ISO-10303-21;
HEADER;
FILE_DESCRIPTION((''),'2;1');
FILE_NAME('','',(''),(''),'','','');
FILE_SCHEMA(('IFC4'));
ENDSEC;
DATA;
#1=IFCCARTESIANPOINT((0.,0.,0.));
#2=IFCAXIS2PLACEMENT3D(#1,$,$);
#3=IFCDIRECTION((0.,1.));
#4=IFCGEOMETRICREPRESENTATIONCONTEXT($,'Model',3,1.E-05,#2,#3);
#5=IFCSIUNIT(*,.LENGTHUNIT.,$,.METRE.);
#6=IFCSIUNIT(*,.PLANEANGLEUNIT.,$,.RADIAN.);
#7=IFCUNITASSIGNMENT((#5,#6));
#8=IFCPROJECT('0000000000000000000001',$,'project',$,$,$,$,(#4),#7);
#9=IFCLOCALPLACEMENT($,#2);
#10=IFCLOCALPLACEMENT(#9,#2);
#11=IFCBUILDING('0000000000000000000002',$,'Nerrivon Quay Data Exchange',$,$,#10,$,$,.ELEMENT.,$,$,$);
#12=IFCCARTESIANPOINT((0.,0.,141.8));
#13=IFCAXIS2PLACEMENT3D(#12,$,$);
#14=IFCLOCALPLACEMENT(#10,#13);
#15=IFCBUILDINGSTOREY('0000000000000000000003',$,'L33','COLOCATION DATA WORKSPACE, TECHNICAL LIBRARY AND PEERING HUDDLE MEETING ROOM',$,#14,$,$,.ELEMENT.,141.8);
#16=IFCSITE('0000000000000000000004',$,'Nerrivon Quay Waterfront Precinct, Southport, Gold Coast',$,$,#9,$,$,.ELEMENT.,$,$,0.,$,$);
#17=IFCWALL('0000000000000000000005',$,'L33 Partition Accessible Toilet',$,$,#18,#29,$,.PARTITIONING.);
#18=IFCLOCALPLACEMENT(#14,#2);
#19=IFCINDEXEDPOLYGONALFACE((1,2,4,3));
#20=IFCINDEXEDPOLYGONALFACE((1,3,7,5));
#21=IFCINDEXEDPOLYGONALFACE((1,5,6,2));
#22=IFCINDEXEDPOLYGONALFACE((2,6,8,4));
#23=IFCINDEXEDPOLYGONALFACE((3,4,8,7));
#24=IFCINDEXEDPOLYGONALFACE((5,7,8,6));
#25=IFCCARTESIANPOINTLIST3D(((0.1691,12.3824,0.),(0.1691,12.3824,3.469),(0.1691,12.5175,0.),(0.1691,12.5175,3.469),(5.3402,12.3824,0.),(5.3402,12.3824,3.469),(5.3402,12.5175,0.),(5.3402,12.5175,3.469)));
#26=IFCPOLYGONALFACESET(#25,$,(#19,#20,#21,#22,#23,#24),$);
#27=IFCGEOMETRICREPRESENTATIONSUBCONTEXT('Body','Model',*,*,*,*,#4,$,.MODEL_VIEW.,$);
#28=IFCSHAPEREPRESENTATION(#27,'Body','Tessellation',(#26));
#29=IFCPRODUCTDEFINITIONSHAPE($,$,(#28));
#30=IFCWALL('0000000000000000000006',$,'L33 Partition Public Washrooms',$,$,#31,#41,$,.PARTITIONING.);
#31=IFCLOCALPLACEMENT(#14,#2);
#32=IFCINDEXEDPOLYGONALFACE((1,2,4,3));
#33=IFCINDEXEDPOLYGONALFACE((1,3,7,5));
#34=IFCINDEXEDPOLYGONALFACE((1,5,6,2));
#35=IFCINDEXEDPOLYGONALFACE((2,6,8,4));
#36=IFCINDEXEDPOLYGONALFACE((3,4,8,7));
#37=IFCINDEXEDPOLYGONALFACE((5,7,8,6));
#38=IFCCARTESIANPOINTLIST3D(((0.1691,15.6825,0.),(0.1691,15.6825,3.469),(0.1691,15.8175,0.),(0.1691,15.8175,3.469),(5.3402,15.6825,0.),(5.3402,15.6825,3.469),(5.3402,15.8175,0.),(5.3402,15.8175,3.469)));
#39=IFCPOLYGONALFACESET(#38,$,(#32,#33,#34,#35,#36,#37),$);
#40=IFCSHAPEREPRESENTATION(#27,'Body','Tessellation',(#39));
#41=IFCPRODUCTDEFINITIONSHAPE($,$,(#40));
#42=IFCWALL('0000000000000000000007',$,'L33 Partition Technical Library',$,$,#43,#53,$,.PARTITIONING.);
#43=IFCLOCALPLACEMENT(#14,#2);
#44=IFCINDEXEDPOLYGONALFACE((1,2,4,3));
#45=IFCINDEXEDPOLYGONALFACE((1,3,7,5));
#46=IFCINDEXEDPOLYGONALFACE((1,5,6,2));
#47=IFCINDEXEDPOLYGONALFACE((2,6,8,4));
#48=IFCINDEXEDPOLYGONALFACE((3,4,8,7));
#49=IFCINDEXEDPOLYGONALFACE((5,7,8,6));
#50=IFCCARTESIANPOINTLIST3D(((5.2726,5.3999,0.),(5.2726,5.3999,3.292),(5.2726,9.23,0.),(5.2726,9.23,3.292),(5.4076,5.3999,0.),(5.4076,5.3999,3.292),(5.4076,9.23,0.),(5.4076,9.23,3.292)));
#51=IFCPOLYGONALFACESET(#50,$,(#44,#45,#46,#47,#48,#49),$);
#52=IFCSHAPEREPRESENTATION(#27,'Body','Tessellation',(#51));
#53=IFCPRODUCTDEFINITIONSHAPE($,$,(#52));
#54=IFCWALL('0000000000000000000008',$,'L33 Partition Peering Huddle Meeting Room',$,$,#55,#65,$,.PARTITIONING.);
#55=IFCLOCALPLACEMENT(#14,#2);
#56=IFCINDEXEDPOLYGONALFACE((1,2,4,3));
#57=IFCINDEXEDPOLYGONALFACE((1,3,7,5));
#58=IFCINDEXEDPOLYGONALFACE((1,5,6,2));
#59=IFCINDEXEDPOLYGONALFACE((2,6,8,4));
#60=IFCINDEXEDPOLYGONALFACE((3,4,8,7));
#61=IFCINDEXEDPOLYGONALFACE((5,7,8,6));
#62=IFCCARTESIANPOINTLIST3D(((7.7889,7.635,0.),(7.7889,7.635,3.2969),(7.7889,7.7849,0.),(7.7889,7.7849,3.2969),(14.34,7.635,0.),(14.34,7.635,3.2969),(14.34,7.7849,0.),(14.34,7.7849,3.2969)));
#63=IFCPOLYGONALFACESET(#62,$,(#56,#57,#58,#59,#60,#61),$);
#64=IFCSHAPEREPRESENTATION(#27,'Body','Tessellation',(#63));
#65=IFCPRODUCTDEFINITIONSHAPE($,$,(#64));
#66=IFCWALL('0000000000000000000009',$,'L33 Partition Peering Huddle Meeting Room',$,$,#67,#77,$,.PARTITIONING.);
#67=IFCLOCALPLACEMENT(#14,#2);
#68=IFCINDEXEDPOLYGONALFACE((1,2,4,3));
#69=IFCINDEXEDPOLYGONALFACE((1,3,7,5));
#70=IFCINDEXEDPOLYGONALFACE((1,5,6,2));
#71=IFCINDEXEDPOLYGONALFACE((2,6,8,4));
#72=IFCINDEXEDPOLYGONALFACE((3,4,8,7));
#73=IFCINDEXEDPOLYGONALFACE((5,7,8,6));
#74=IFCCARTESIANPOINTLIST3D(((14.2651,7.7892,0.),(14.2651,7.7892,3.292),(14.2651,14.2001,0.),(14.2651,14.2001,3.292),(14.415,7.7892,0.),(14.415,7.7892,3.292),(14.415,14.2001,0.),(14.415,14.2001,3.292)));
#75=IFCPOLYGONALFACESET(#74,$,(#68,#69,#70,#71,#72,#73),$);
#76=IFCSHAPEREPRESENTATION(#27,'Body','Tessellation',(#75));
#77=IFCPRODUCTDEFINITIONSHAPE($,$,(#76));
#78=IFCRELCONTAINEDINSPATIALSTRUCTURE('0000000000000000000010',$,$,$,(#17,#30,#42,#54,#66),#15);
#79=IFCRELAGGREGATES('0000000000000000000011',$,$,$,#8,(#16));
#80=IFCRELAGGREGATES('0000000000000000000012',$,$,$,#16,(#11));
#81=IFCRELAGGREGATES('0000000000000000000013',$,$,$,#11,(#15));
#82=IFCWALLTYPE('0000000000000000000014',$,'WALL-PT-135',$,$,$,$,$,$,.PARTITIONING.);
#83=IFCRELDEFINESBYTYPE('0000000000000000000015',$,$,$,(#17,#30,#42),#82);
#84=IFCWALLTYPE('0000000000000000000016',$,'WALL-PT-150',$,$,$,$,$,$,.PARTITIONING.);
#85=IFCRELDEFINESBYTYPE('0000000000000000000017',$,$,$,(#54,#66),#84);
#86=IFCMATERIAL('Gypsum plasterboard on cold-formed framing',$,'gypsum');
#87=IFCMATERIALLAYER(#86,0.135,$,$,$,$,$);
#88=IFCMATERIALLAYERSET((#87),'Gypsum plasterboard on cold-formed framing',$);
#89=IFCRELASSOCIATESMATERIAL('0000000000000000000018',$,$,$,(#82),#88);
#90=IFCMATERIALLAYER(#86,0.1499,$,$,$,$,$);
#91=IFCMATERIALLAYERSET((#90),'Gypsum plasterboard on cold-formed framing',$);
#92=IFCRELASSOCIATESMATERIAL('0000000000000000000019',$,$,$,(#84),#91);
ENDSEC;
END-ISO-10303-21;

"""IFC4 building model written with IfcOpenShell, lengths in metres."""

from ifc_helpers import new_model, si_unit, direction, frame, frame_2d, origin, place, context, subcontext, project, spatial, rectangle, extrude, material, layer, layer_set, type_object, element, save


model = new_model("IFC4")

# Units and contexts
model_context = context("Model", 3, precision=1e-05, world=origin(), true_north=direction((0.0, 1.0)))
body_context = subcontext(model_context, "Body", "Model", "MODEL_VIEW")
ifc_project = project(units=[si_unit("LENGTHUNIT", "METRE"), si_unit("PLANEANGLEUNIT", "RADIAN")], contexts=[model_context])

# Site, building, storey
site_placement = place(None, origin())
site = spatial("IfcSite", under=ifc_project, at=site_placement, Name="Nerrivon Quay Waterfront Precinct, Southport, Gold Coast", CompositionType="ELEMENT", RefElevation=0.0)
building_placement = place(site_placement, origin())
building = spatial("IfcBuilding", under=site, at=building_placement, Name="Nerrivon Quay Data Exchange", CompositionType="ELEMENT")
storey_placement = place(building_placement, frame((0.0, 0.0, 141.8)))
storey = spatial("IfcBuildingStorey", under=building, at=storey_placement, Name="L33", Description="COLOCATION DATA WORKSPACE, TECHNICAL LIBRARY AND PEERING HUDDLE MEETING ROOM", CompositionType="ELEMENT", Elevation=141.8)

# Shared definitions
ifc_material_1 = material(Name="Gypsum plasterboard on cold-formed framing", Category="gypsum")

# Walls
ifc_layer_1 = layer(ifc_material_1, 0.135)
ifc_layer_set_1 = layer_set([ifc_layer_1], Name="Gypsum plasterboard on cold-formed framing")
wall_type_1 = type_object("IfcWallType", Name="WALL-PT-135", PredefinedType="PARTITIONING", material=ifc_layer_set_1)
for number, where, z_axis, x_axis, name in (
    (1, (5.3401, 12.45, 0.0), (0.0, 0.0, 1.0), (-1.0, 0.0, 0.0), "L33 Partition Accessible Toilet"),
    (2, (5.3401, 15.75, 0.0), (0.0, 0.0, 1.0), (-1.0, 0.0, 0.0), "L33 Partition Public Washrooms"),
):
    element("IfcWall", number, at=place(storey_placement, frame(where, z_axis=z_axis, x_axis=x_axis)), inside=storey, type_object=wall_type_1, Name=name, PredefinedType="PARTITIONING", context=body_context, shape_type="SweptSolid", body=[
        extrude(rectangle(XDim=5.1711, YDim=0.135, at=frame_2d((2.5854, 0.0))), origin(), (0.0, 0.0, 1.0), 3.469),
    ])

# Walls
wall_1_placement = place(storey_placement, frame((5.3401, 5.3999, 0.0), z_axis=(0.0, 0.0, 1.0), x_axis=(0.0, 1.0, 0.0)))
element("IfcWall", 3, at=wall_1_placement, inside=storey, type_object=wall_type_1, Name="L33 Partition Technical Library", PredefinedType="PARTITIONING", context=body_context, shape_type="SweptSolid", body=[
    extrude(rectangle(XDim=3.8301, YDim=0.135, at=frame_2d((1.915, 0.0))), origin(), (0.0, 0.0, 1.0), 3.292),
])
ifc_layer_2 = layer(ifc_material_1, 0.1499)
ifc_layer_set_2 = layer_set([ifc_layer_2], Name="Gypsum plasterboard on cold-formed framing")
wall_type_2 = type_object("IfcWallType", Name="WALL-PT-150", PredefinedType="PARTITIONING", material=ifc_layer_set_2)
wall_2_placement = place(storey_placement, frame((7.7891, 7.71, 0.0), z_axis=(0.0, 0.0, 1.0), x_axis=(1.0, 0.0, 0.0)))
element("IfcWall", 4, at=wall_2_placement, inside=storey, type_object=wall_type_2, Name="L33 Partition Peering Huddle Meeting Room", PredefinedType="PARTITIONING", context=body_context, shape_type="SweptSolid", body=[
    extrude(rectangle(XDim=6.551, YDim=0.1499, at=frame_2d((3.2754, 0.0))), origin(), (0.0, 0.0, 1.0), 3.2969),
])
wall_3_placement = place(storey_placement, frame((14.3401, 7.7891, 0.0), z_axis=(0.0, 0.0, 1.0), x_axis=(0.0, 1.0, 0.0)))
element("IfcWall", 5, at=wall_3_placement, inside=storey, type_object=wall_type_2, Name="L33 Partition Peering Huddle Meeting Room", PredefinedType="PARTITIONING", context=body_context, shape_type="SweptSolid", body=[
    extrude(rectangle(XDim=6.4109, YDim=0.1499, at=frame_2d((3.2056, 0.0))), origin(), (0.0, 0.0, 1.0), 3.292),
])

save(model, "model.ifc")
